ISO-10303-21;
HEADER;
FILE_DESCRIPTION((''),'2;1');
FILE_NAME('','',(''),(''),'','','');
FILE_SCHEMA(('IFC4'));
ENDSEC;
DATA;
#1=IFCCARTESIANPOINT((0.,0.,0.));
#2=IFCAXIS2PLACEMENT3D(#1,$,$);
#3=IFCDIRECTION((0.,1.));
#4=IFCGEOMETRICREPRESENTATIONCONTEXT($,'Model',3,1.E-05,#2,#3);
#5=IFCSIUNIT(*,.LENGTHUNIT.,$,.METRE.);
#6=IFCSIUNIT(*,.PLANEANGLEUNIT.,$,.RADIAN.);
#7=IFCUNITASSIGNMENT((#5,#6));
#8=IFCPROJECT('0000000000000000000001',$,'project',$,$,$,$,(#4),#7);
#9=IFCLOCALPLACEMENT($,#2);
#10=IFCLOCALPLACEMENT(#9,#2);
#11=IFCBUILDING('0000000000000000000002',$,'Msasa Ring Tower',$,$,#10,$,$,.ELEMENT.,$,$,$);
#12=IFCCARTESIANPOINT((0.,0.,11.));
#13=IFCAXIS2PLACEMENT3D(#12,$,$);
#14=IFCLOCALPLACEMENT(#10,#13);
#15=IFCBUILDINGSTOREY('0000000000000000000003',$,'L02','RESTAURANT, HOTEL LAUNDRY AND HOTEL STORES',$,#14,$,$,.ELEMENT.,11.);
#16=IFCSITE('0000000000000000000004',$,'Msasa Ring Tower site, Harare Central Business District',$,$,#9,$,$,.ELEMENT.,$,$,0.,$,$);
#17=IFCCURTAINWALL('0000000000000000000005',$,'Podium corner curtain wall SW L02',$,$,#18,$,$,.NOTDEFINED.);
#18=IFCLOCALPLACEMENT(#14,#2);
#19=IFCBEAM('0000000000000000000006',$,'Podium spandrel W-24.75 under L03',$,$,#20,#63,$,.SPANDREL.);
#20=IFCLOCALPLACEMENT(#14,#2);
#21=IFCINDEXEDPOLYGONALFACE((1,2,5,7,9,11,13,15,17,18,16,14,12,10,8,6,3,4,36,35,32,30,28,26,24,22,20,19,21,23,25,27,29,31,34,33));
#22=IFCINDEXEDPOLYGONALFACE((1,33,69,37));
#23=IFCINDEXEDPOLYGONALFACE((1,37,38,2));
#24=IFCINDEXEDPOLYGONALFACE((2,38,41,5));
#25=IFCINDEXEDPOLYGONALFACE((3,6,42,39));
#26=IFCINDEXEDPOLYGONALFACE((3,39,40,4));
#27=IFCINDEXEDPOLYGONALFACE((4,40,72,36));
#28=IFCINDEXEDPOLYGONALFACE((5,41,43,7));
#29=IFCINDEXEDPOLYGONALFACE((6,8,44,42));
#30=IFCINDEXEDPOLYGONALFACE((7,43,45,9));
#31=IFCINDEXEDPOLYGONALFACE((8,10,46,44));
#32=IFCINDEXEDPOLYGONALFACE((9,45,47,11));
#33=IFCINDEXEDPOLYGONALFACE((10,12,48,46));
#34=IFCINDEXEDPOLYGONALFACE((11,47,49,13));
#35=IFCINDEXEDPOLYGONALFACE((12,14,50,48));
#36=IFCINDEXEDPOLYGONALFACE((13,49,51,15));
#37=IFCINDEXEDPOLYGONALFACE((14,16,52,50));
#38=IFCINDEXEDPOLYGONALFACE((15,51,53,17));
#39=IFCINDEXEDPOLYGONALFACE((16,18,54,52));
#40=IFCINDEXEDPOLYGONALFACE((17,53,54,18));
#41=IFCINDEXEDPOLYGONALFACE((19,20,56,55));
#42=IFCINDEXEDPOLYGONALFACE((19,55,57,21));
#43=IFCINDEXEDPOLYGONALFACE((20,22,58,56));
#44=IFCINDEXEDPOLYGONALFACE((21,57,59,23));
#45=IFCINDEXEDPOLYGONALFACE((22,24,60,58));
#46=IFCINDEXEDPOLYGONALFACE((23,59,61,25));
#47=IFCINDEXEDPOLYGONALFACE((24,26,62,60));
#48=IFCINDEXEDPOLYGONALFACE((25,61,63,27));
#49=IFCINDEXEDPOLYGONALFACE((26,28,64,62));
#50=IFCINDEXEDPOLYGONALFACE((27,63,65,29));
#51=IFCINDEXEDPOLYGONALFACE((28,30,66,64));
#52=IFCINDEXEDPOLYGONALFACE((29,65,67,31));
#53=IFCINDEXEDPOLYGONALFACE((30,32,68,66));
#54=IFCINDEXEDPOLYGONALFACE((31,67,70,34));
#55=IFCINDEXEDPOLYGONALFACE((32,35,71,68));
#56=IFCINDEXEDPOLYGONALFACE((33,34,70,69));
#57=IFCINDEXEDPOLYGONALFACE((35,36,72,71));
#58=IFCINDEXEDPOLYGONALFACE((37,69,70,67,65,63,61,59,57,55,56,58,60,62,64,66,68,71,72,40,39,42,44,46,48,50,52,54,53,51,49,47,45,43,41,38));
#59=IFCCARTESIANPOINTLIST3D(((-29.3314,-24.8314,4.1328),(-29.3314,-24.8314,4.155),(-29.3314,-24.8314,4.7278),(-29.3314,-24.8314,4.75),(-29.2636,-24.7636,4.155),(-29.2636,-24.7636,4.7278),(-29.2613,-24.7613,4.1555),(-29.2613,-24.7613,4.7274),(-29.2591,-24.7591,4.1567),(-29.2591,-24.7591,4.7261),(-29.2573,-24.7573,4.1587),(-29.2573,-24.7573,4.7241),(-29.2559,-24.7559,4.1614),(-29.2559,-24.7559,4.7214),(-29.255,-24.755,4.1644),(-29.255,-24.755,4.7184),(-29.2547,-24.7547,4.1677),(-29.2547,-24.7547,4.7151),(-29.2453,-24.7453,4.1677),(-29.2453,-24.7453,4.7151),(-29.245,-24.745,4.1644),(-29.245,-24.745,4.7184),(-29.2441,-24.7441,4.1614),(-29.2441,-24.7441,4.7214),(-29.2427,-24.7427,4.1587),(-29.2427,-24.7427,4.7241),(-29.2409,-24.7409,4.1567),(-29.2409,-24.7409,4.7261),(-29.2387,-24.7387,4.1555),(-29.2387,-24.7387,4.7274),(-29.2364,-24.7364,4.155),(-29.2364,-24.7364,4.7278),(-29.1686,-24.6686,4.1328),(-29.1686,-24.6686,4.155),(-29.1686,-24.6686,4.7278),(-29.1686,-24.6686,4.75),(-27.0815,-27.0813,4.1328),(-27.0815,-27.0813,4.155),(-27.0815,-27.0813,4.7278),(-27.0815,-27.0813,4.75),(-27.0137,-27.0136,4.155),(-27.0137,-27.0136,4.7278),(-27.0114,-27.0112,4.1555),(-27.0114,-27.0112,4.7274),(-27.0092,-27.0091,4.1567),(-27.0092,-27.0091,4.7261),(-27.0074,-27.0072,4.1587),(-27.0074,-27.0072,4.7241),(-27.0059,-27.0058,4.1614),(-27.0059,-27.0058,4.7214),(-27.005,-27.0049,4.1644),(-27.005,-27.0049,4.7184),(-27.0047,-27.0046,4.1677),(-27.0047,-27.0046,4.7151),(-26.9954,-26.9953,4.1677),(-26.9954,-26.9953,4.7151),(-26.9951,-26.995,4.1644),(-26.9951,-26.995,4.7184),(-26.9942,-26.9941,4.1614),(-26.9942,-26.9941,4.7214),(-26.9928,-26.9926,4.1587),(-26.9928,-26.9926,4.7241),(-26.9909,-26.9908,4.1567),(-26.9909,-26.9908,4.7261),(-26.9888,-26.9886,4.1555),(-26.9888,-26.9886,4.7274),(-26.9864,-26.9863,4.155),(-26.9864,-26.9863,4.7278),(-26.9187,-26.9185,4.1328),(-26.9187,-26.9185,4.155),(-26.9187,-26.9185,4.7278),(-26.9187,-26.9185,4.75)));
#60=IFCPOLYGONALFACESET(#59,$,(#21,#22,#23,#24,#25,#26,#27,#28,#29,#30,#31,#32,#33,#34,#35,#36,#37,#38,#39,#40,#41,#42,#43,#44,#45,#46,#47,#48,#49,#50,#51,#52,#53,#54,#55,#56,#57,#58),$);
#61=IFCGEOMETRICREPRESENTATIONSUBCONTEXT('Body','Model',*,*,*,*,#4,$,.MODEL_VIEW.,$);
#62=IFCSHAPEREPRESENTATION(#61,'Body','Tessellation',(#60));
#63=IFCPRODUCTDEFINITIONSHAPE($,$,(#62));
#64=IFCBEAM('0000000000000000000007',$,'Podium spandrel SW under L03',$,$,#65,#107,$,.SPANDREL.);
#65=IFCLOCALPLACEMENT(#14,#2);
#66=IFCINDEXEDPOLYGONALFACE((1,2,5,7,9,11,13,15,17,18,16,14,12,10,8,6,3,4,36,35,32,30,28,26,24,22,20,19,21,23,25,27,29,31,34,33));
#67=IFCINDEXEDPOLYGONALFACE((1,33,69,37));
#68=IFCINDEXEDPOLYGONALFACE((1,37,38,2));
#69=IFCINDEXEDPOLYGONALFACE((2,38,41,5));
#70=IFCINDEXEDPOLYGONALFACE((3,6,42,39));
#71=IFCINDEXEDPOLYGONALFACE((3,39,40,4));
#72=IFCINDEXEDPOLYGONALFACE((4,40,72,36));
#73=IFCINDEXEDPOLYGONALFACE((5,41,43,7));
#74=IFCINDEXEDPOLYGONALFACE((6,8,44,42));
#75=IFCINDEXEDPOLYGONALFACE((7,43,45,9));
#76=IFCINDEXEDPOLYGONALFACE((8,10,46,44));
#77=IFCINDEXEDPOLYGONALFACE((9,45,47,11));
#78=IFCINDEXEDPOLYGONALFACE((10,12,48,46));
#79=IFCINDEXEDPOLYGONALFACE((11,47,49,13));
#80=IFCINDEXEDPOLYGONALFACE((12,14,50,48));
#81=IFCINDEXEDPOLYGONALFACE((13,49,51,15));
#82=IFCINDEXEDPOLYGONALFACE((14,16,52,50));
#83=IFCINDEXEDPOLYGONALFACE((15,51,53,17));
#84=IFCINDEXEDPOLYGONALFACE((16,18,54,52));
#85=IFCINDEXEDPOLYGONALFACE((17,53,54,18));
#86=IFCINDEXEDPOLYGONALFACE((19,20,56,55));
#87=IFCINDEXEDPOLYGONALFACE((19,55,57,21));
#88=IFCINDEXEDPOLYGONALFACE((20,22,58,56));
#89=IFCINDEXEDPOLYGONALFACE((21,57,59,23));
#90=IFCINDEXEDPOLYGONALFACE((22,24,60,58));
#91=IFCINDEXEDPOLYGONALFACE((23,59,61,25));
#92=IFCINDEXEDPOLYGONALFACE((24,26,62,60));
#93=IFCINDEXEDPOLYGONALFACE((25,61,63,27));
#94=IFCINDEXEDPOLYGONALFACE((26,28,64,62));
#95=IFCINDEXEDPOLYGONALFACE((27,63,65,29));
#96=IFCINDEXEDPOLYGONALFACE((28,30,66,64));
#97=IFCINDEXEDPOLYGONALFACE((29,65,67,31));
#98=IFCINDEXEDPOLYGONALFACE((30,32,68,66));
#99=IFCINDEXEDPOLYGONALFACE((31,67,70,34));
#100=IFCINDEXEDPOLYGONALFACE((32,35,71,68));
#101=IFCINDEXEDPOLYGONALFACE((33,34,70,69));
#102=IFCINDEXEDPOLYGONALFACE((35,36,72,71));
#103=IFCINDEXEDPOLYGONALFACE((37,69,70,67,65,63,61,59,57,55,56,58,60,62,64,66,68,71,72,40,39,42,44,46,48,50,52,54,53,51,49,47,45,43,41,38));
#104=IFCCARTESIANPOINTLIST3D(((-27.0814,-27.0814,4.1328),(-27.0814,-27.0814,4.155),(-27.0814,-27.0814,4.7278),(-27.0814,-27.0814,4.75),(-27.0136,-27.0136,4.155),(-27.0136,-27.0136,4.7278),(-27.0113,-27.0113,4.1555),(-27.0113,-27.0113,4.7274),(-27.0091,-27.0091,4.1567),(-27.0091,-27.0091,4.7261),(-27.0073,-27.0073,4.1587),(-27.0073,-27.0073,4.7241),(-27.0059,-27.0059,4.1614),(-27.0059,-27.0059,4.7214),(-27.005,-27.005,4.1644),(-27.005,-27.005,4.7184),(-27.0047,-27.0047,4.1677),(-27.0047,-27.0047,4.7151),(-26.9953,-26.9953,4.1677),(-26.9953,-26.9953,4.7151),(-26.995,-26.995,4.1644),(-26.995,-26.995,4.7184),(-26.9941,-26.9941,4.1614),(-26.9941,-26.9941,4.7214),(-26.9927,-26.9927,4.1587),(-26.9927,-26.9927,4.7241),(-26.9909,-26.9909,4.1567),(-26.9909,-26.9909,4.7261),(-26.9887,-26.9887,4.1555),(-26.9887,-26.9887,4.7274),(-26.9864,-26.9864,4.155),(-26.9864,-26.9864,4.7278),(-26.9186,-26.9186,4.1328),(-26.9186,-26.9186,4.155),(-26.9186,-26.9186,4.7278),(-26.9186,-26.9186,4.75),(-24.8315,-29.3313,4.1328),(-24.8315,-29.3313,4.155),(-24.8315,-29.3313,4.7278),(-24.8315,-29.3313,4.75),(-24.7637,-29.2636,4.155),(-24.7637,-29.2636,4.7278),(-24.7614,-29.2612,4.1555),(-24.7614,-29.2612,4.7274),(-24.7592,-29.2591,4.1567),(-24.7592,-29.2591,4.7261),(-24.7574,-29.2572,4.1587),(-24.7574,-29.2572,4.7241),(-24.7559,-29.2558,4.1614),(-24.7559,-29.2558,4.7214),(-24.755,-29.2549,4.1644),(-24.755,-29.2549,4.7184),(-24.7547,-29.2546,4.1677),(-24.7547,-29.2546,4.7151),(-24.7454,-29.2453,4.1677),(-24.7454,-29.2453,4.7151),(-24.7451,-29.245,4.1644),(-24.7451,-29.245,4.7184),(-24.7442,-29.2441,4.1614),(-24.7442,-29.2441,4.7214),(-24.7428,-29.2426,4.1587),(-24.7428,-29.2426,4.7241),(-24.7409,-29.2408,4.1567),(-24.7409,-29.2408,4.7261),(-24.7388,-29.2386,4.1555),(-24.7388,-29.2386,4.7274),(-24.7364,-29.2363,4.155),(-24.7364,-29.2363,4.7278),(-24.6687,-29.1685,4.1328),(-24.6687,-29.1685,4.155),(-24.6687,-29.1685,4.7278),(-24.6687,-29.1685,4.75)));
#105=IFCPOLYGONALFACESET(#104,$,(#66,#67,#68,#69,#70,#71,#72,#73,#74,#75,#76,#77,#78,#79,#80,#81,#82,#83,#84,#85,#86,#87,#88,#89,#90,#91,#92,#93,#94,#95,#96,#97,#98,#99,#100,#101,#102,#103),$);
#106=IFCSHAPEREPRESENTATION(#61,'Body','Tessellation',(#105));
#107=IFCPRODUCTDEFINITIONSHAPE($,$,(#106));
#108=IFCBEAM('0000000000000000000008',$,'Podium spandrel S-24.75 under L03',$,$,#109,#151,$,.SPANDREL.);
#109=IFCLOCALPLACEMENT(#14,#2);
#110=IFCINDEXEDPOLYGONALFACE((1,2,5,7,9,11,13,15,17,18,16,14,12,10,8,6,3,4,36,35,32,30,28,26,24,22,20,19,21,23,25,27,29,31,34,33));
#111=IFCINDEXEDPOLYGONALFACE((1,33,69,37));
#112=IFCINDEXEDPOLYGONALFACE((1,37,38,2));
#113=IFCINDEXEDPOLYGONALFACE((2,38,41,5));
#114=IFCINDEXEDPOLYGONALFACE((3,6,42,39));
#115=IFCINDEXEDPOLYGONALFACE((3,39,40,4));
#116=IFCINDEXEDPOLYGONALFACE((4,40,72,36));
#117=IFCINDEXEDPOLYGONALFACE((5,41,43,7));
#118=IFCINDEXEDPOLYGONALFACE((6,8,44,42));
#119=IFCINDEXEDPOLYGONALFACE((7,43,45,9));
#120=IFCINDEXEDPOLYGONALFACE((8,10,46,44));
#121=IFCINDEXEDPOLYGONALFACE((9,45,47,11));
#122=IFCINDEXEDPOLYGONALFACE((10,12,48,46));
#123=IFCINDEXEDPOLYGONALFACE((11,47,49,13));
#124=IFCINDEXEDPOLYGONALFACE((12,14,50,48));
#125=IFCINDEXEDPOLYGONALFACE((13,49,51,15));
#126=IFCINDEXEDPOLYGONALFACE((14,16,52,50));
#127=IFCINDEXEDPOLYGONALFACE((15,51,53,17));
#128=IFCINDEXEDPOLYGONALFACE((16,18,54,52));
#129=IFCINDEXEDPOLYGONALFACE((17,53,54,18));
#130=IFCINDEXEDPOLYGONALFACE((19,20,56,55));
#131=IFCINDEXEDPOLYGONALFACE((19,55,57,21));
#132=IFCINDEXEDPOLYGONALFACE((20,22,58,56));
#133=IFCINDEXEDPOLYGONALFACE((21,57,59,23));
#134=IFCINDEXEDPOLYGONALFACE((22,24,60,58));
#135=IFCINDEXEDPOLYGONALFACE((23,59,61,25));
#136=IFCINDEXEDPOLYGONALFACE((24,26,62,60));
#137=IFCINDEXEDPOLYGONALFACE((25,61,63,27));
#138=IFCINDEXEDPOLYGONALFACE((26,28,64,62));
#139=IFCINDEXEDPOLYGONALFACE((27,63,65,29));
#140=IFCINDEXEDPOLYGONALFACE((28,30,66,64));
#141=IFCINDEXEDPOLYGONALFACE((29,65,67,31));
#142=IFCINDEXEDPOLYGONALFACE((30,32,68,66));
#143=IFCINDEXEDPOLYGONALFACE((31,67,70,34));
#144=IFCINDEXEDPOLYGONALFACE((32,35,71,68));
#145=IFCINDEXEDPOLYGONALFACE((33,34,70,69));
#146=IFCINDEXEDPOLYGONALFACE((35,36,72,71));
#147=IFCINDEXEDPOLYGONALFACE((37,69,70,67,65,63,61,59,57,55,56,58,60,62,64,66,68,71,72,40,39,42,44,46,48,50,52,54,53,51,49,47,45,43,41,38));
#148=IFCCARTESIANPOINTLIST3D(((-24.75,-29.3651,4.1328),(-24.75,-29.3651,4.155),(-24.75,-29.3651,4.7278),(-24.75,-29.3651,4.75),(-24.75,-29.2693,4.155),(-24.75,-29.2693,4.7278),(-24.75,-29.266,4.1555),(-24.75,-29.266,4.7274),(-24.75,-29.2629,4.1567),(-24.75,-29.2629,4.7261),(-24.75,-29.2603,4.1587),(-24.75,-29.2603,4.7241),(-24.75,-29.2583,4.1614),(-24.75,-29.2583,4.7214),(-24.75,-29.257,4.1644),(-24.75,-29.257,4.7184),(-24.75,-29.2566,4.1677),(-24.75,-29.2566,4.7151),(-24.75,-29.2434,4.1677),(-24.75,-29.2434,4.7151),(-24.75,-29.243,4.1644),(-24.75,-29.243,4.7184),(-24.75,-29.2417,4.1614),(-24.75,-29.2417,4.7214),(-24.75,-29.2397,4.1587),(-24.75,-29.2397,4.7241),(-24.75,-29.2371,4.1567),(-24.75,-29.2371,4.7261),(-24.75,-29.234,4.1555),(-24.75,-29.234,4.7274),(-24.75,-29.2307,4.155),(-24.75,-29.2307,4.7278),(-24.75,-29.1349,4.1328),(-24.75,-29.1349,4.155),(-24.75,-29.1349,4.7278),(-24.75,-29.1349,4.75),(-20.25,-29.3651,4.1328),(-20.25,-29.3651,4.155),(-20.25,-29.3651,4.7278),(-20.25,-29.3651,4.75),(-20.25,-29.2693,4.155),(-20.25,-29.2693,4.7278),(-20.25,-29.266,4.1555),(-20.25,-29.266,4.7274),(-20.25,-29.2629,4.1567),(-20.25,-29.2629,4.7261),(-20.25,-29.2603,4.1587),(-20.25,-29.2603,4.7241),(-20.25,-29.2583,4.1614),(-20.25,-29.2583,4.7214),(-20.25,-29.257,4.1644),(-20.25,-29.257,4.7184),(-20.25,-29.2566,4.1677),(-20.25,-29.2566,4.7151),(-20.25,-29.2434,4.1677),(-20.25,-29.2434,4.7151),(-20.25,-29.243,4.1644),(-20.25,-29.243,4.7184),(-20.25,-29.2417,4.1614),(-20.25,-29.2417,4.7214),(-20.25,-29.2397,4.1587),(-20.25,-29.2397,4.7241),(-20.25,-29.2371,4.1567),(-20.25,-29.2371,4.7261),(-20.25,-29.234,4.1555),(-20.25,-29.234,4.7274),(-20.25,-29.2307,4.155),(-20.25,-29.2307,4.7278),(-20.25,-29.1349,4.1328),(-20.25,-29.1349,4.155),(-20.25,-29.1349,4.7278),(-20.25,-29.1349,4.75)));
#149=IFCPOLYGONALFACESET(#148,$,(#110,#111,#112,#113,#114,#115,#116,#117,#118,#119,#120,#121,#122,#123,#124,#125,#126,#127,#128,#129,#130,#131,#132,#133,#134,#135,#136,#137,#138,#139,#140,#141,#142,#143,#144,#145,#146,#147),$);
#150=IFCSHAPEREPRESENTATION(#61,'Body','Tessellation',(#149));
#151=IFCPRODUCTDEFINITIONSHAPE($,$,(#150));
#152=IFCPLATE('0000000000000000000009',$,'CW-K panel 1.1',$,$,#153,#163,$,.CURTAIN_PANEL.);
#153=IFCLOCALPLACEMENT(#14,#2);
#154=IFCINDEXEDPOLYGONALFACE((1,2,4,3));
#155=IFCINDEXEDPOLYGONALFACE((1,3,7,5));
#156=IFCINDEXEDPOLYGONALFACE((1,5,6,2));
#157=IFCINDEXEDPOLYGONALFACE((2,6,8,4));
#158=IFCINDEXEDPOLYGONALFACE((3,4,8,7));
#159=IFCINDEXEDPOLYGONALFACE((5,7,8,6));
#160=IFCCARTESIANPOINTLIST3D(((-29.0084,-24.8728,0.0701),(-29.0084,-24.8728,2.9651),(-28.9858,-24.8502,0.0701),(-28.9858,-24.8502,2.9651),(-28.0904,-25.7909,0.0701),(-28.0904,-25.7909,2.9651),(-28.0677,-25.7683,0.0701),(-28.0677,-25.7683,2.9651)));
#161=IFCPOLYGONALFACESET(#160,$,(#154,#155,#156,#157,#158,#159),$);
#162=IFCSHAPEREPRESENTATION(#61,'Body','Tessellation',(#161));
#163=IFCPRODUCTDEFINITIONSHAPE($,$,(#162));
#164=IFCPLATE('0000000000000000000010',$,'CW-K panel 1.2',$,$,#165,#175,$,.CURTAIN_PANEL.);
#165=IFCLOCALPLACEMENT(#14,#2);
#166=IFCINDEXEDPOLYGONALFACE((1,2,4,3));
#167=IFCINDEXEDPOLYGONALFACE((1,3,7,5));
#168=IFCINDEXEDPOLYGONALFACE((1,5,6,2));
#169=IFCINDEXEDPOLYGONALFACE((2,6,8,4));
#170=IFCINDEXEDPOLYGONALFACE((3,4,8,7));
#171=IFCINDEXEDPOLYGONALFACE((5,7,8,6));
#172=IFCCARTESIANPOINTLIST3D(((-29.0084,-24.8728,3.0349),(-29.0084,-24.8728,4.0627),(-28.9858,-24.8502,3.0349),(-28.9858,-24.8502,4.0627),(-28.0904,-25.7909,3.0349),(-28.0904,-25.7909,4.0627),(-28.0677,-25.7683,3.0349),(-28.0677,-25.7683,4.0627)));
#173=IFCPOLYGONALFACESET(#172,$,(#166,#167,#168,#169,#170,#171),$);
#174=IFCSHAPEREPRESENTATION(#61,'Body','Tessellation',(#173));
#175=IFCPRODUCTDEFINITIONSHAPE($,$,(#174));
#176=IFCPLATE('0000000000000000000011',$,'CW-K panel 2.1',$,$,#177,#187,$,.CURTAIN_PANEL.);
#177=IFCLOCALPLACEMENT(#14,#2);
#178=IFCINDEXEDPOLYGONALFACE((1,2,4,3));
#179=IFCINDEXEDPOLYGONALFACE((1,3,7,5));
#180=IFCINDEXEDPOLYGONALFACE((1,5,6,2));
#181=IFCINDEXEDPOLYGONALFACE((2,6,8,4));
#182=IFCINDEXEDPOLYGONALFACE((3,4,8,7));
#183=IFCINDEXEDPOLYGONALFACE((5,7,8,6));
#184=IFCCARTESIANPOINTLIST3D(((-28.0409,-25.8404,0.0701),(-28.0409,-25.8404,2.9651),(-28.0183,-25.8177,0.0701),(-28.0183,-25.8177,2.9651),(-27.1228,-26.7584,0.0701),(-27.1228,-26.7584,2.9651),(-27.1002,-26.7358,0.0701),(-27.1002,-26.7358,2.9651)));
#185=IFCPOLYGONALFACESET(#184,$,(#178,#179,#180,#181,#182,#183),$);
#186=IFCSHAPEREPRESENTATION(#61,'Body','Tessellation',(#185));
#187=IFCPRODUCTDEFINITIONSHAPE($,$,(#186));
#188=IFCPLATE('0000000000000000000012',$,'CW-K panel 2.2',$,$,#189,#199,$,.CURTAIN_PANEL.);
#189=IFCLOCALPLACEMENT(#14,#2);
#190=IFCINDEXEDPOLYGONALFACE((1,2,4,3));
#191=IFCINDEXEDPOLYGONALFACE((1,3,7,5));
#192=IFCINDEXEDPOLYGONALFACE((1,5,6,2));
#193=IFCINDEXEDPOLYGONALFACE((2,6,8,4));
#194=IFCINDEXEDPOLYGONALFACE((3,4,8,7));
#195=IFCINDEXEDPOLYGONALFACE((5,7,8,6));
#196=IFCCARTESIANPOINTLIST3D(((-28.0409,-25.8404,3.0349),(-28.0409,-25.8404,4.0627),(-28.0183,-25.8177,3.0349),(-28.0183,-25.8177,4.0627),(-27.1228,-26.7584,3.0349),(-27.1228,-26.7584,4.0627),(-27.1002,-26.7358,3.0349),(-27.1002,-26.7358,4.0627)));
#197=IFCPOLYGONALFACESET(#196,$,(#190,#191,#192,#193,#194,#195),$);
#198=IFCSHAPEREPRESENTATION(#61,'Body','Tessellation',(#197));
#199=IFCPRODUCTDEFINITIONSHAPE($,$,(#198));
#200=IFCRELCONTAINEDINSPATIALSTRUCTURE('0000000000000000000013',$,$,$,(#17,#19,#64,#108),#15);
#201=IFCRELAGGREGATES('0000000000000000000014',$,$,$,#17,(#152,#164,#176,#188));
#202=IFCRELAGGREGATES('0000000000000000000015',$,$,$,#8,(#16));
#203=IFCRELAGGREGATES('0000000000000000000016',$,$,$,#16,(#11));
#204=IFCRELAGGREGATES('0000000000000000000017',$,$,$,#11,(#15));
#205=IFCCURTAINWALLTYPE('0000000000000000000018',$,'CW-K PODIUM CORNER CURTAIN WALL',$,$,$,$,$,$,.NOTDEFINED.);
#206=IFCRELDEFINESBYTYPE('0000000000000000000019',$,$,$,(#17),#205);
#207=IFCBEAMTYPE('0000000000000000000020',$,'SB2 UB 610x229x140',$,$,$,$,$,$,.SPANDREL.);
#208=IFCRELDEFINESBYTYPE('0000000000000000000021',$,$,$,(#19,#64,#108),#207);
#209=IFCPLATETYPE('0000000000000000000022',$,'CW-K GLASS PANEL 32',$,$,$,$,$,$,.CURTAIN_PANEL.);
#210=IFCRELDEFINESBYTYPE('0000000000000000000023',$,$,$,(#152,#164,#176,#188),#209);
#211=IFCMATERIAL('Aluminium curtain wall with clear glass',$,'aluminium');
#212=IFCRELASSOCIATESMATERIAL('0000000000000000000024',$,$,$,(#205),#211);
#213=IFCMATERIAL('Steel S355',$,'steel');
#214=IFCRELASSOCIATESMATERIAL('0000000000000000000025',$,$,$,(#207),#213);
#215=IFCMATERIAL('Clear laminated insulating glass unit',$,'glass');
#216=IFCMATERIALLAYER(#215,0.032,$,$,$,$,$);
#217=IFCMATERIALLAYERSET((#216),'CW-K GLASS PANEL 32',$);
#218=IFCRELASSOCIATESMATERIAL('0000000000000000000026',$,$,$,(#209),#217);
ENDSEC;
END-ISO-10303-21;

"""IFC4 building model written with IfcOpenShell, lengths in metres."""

from ifc_helpers import new_model, si_unit, direction, frame, origin, origin_2d, place, context, subcontext, project, spatial, rectangle, i_section, extrude, material, layer, layer_set, material_profile, profile_set, type_object, element, aggregate, save


model = new_model("IFC4")

# Units and contexts
model_context = context("Model", 3, precision=1e-05, world=origin(), true_north=direction((0.0, 1.0)))
body_context = subcontext(model_context, "Body", "Model", "MODEL_VIEW")
ifc_project = project(units=[si_unit("LENGTHUNIT", "METRE"), si_unit("PLANEANGLEUNIT", "RADIAN")], contexts=[model_context])

# Site, building, storey
site_placement = place(None, origin())
site = spatial("IfcSite", under=ifc_project, at=site_placement, Name="Msasa Ring Tower site, Harare Central Business District", CompositionType="ELEMENT", RefElevation=0.0)
building_placement = place(site_placement, origin())
building = spatial("IfcBuilding", under=site, at=building_placement, Name="Msasa Ring Tower", CompositionType="ELEMENT")
storey_placement = place(building_placement, frame((0.0, 0.0, 11.0)))
storey = spatial("IfcBuildingStorey", under=building, at=storey_placement, Name="L02", Description="RESTAURANT, HOTEL LAUNDRY AND HOTEL STORES", CompositionType="ELEMENT", Elevation=11.0)

# Curtain wall
ifc_material_1 = material(Name="Aluminium curtain wall with clear glass", Category="aluminium")
curtain_wall_type = type_object("IfcCurtainWallType", Name="CW-K PODIUM CORNER CURTAIN WALL", PredefinedType="NOTDEFINED", material=ifc_material_1)
curtain_wall_1_placement = place(storey_placement, origin())
curtain_wall_1 = element("IfcCurtainWall", 1, at=curtain_wall_1_placement, inside=storey, type_object=curtain_wall_type, Name="Podium corner curtain wall SW L02", PredefinedType="NOTDEFINED")

# Beams
ifc_material_2 = material(Name="Steel S355", Category="steel")
ifc_material_profile_1 = material_profile(ifc_material_2, i_section(OverallWidth=0.2302, OverallDepth=0.6172, WebThickness=0.0132, FlangeThickness=0.0222, FilletRadius=0.0127, at=origin_2d()), Name="UB 610x229x140")
ifc_profile_set_1 = profile_set([ifc_material_profile_1], Name="Steel S355")
beam_type_1 = type_object("IfcBeamType", Name="SB2 UB 610x229x140", PredefinedType="SPANDREL", material=ifc_profile_set_1)
for number, where, z_axis, x_axis, name in (
    (2, (-29.25, -24.75, 4.4414), (0.707107, -0.707107, 0.0), (0.707107, 0.707107, 0.0), "Podium spandrel W-24.75 under L03"),
    (3, (-27.0, -27.0, 4.4414), (0.707107, -0.707107, 0.0), (0.707107, 0.707107, 0.0), "Podium spandrel SW under L03"),
):
    element("IfcBeam", number, at=place(storey_placement, frame(where, z_axis=z_axis, x_axis=x_axis)), inside=storey, type_object=beam_type_1, Name=name, PredefinedType="SPANDREL", context=body_context, shape_type="SweptSolid", body=[
        extrude(i_section(OverallWidth=0.2302, OverallDepth=0.6172, WebThickness=0.0132, FlangeThickness=0.0222, FilletRadius=0.0127, at=origin_2d()), origin(), (0.0, 0.0, 1.0), 3.1819),
    ])
beam_1_placement = place(storey_placement, frame((-24.75, -29.25, 4.4414), z_axis=(1.0, 0.0, 0.0), x_axis=(0.0, 1.0, 0.0)))
element("IfcBeam", 4, at=beam_1_placement, inside=storey, type_object=beam_type_1, Name="Podium spandrel S-24.75 under L03", PredefinedType="SPANDREL", context=body_context, shape_type="SweptSolid", body=[
    extrude(i_section(OverallWidth=0.2302, OverallDepth=0.6172, WebThickness=0.0132, FlangeThickness=0.0222, FilletRadius=0.0127, at=origin_2d()), origin(), (0.0, 0.0, 1.0), 4.5),
])

# Plates
ifc_material_3 = material(Name="Clear laminated insulating glass unit", Category="glass")
ifc_layer_1 = layer(ifc_material_3, 0.032)
ifc_layer_set_1 = layer_set([ifc_layer_1], Name="CW-K GLASS PANEL 32")
plate_type = type_object("IfcPlateType", Name="CW-K GLASS PANEL 32", PredefinedType="CURTAIN_PANEL", material=ifc_layer_set_1)
plate_1_placement = place(storey_placement, frame((-28.5381, -25.3206, 0.0701), z_axis=(0.0, 0.0, 1.0), x_axis=(0.707107, -0.707107, 0.0)))
plate_1 = element("IfcPlate", 5, at=plate_1_placement, type_object=plate_type, Name="CW-K panel 1.1", PredefinedType="CURTAIN_PANEL", context=body_context, shape_type="SweptSolid", body=[
    extrude(rectangle(XDim=1.2983, YDim=0.032, at=origin_2d()), origin(), (0.0, 0.0, 1.0), 2.895),
])
plate_2_placement = place(storey_placement, frame((-28.5381, -25.3206, 3.0349), z_axis=(0.0, 0.0, 1.0), x_axis=(0.707107, -0.707107, 0.0)))
plate_2 = element("IfcPlate", 6, at=plate_2_placement, type_object=plate_type, Name="CW-K panel 1.2", PredefinedType="CURTAIN_PANEL", context=body_context, shape_type="SweptSolid", body=[
    extrude(rectangle(XDim=1.2983, YDim=0.032, at=origin_2d()), origin(), (0.0, 0.0, 1.0), 1.0278),
])
plate_3_placement = place(storey_placement, frame((-27.5706, -26.2881, 0.0701), z_axis=(0.0, 0.0, 1.0), x_axis=(0.707107, -0.707107, 0.0)))
plate_3 = element("IfcPlate", 7, at=plate_3_placement, type_object=plate_type, Name="CW-K panel 2.1", PredefinedType="CURTAIN_PANEL", context=body_context, shape_type="SweptSolid", body=[
    extrude(rectangle(XDim=1.2983, YDim=0.032, at=origin_2d()), origin(), (0.0, 0.0, 1.0), 2.895),
])
plate_4_placement = place(storey_placement, frame((-27.5706, -26.2881, 3.0349), z_axis=(0.0, 0.0, 1.0), x_axis=(0.707107, -0.707107, 0.0)))
plate_4 = element("IfcPlate", 8, at=plate_4_placement, type_object=plate_type, Name="CW-K panel 2.2", PredefinedType="CURTAIN_PANEL", context=body_context, shape_type="SweptSolid", body=[
    extrude(rectangle(XDim=1.2983, YDim=0.032, at=origin_2d()), origin(), (0.0, 0.0, 1.0), 1.0278),
])
aggregate(curtain_wall_1, [plate_1, plate_2, plate_3, plate_4])

save(model, "model.ifc")
